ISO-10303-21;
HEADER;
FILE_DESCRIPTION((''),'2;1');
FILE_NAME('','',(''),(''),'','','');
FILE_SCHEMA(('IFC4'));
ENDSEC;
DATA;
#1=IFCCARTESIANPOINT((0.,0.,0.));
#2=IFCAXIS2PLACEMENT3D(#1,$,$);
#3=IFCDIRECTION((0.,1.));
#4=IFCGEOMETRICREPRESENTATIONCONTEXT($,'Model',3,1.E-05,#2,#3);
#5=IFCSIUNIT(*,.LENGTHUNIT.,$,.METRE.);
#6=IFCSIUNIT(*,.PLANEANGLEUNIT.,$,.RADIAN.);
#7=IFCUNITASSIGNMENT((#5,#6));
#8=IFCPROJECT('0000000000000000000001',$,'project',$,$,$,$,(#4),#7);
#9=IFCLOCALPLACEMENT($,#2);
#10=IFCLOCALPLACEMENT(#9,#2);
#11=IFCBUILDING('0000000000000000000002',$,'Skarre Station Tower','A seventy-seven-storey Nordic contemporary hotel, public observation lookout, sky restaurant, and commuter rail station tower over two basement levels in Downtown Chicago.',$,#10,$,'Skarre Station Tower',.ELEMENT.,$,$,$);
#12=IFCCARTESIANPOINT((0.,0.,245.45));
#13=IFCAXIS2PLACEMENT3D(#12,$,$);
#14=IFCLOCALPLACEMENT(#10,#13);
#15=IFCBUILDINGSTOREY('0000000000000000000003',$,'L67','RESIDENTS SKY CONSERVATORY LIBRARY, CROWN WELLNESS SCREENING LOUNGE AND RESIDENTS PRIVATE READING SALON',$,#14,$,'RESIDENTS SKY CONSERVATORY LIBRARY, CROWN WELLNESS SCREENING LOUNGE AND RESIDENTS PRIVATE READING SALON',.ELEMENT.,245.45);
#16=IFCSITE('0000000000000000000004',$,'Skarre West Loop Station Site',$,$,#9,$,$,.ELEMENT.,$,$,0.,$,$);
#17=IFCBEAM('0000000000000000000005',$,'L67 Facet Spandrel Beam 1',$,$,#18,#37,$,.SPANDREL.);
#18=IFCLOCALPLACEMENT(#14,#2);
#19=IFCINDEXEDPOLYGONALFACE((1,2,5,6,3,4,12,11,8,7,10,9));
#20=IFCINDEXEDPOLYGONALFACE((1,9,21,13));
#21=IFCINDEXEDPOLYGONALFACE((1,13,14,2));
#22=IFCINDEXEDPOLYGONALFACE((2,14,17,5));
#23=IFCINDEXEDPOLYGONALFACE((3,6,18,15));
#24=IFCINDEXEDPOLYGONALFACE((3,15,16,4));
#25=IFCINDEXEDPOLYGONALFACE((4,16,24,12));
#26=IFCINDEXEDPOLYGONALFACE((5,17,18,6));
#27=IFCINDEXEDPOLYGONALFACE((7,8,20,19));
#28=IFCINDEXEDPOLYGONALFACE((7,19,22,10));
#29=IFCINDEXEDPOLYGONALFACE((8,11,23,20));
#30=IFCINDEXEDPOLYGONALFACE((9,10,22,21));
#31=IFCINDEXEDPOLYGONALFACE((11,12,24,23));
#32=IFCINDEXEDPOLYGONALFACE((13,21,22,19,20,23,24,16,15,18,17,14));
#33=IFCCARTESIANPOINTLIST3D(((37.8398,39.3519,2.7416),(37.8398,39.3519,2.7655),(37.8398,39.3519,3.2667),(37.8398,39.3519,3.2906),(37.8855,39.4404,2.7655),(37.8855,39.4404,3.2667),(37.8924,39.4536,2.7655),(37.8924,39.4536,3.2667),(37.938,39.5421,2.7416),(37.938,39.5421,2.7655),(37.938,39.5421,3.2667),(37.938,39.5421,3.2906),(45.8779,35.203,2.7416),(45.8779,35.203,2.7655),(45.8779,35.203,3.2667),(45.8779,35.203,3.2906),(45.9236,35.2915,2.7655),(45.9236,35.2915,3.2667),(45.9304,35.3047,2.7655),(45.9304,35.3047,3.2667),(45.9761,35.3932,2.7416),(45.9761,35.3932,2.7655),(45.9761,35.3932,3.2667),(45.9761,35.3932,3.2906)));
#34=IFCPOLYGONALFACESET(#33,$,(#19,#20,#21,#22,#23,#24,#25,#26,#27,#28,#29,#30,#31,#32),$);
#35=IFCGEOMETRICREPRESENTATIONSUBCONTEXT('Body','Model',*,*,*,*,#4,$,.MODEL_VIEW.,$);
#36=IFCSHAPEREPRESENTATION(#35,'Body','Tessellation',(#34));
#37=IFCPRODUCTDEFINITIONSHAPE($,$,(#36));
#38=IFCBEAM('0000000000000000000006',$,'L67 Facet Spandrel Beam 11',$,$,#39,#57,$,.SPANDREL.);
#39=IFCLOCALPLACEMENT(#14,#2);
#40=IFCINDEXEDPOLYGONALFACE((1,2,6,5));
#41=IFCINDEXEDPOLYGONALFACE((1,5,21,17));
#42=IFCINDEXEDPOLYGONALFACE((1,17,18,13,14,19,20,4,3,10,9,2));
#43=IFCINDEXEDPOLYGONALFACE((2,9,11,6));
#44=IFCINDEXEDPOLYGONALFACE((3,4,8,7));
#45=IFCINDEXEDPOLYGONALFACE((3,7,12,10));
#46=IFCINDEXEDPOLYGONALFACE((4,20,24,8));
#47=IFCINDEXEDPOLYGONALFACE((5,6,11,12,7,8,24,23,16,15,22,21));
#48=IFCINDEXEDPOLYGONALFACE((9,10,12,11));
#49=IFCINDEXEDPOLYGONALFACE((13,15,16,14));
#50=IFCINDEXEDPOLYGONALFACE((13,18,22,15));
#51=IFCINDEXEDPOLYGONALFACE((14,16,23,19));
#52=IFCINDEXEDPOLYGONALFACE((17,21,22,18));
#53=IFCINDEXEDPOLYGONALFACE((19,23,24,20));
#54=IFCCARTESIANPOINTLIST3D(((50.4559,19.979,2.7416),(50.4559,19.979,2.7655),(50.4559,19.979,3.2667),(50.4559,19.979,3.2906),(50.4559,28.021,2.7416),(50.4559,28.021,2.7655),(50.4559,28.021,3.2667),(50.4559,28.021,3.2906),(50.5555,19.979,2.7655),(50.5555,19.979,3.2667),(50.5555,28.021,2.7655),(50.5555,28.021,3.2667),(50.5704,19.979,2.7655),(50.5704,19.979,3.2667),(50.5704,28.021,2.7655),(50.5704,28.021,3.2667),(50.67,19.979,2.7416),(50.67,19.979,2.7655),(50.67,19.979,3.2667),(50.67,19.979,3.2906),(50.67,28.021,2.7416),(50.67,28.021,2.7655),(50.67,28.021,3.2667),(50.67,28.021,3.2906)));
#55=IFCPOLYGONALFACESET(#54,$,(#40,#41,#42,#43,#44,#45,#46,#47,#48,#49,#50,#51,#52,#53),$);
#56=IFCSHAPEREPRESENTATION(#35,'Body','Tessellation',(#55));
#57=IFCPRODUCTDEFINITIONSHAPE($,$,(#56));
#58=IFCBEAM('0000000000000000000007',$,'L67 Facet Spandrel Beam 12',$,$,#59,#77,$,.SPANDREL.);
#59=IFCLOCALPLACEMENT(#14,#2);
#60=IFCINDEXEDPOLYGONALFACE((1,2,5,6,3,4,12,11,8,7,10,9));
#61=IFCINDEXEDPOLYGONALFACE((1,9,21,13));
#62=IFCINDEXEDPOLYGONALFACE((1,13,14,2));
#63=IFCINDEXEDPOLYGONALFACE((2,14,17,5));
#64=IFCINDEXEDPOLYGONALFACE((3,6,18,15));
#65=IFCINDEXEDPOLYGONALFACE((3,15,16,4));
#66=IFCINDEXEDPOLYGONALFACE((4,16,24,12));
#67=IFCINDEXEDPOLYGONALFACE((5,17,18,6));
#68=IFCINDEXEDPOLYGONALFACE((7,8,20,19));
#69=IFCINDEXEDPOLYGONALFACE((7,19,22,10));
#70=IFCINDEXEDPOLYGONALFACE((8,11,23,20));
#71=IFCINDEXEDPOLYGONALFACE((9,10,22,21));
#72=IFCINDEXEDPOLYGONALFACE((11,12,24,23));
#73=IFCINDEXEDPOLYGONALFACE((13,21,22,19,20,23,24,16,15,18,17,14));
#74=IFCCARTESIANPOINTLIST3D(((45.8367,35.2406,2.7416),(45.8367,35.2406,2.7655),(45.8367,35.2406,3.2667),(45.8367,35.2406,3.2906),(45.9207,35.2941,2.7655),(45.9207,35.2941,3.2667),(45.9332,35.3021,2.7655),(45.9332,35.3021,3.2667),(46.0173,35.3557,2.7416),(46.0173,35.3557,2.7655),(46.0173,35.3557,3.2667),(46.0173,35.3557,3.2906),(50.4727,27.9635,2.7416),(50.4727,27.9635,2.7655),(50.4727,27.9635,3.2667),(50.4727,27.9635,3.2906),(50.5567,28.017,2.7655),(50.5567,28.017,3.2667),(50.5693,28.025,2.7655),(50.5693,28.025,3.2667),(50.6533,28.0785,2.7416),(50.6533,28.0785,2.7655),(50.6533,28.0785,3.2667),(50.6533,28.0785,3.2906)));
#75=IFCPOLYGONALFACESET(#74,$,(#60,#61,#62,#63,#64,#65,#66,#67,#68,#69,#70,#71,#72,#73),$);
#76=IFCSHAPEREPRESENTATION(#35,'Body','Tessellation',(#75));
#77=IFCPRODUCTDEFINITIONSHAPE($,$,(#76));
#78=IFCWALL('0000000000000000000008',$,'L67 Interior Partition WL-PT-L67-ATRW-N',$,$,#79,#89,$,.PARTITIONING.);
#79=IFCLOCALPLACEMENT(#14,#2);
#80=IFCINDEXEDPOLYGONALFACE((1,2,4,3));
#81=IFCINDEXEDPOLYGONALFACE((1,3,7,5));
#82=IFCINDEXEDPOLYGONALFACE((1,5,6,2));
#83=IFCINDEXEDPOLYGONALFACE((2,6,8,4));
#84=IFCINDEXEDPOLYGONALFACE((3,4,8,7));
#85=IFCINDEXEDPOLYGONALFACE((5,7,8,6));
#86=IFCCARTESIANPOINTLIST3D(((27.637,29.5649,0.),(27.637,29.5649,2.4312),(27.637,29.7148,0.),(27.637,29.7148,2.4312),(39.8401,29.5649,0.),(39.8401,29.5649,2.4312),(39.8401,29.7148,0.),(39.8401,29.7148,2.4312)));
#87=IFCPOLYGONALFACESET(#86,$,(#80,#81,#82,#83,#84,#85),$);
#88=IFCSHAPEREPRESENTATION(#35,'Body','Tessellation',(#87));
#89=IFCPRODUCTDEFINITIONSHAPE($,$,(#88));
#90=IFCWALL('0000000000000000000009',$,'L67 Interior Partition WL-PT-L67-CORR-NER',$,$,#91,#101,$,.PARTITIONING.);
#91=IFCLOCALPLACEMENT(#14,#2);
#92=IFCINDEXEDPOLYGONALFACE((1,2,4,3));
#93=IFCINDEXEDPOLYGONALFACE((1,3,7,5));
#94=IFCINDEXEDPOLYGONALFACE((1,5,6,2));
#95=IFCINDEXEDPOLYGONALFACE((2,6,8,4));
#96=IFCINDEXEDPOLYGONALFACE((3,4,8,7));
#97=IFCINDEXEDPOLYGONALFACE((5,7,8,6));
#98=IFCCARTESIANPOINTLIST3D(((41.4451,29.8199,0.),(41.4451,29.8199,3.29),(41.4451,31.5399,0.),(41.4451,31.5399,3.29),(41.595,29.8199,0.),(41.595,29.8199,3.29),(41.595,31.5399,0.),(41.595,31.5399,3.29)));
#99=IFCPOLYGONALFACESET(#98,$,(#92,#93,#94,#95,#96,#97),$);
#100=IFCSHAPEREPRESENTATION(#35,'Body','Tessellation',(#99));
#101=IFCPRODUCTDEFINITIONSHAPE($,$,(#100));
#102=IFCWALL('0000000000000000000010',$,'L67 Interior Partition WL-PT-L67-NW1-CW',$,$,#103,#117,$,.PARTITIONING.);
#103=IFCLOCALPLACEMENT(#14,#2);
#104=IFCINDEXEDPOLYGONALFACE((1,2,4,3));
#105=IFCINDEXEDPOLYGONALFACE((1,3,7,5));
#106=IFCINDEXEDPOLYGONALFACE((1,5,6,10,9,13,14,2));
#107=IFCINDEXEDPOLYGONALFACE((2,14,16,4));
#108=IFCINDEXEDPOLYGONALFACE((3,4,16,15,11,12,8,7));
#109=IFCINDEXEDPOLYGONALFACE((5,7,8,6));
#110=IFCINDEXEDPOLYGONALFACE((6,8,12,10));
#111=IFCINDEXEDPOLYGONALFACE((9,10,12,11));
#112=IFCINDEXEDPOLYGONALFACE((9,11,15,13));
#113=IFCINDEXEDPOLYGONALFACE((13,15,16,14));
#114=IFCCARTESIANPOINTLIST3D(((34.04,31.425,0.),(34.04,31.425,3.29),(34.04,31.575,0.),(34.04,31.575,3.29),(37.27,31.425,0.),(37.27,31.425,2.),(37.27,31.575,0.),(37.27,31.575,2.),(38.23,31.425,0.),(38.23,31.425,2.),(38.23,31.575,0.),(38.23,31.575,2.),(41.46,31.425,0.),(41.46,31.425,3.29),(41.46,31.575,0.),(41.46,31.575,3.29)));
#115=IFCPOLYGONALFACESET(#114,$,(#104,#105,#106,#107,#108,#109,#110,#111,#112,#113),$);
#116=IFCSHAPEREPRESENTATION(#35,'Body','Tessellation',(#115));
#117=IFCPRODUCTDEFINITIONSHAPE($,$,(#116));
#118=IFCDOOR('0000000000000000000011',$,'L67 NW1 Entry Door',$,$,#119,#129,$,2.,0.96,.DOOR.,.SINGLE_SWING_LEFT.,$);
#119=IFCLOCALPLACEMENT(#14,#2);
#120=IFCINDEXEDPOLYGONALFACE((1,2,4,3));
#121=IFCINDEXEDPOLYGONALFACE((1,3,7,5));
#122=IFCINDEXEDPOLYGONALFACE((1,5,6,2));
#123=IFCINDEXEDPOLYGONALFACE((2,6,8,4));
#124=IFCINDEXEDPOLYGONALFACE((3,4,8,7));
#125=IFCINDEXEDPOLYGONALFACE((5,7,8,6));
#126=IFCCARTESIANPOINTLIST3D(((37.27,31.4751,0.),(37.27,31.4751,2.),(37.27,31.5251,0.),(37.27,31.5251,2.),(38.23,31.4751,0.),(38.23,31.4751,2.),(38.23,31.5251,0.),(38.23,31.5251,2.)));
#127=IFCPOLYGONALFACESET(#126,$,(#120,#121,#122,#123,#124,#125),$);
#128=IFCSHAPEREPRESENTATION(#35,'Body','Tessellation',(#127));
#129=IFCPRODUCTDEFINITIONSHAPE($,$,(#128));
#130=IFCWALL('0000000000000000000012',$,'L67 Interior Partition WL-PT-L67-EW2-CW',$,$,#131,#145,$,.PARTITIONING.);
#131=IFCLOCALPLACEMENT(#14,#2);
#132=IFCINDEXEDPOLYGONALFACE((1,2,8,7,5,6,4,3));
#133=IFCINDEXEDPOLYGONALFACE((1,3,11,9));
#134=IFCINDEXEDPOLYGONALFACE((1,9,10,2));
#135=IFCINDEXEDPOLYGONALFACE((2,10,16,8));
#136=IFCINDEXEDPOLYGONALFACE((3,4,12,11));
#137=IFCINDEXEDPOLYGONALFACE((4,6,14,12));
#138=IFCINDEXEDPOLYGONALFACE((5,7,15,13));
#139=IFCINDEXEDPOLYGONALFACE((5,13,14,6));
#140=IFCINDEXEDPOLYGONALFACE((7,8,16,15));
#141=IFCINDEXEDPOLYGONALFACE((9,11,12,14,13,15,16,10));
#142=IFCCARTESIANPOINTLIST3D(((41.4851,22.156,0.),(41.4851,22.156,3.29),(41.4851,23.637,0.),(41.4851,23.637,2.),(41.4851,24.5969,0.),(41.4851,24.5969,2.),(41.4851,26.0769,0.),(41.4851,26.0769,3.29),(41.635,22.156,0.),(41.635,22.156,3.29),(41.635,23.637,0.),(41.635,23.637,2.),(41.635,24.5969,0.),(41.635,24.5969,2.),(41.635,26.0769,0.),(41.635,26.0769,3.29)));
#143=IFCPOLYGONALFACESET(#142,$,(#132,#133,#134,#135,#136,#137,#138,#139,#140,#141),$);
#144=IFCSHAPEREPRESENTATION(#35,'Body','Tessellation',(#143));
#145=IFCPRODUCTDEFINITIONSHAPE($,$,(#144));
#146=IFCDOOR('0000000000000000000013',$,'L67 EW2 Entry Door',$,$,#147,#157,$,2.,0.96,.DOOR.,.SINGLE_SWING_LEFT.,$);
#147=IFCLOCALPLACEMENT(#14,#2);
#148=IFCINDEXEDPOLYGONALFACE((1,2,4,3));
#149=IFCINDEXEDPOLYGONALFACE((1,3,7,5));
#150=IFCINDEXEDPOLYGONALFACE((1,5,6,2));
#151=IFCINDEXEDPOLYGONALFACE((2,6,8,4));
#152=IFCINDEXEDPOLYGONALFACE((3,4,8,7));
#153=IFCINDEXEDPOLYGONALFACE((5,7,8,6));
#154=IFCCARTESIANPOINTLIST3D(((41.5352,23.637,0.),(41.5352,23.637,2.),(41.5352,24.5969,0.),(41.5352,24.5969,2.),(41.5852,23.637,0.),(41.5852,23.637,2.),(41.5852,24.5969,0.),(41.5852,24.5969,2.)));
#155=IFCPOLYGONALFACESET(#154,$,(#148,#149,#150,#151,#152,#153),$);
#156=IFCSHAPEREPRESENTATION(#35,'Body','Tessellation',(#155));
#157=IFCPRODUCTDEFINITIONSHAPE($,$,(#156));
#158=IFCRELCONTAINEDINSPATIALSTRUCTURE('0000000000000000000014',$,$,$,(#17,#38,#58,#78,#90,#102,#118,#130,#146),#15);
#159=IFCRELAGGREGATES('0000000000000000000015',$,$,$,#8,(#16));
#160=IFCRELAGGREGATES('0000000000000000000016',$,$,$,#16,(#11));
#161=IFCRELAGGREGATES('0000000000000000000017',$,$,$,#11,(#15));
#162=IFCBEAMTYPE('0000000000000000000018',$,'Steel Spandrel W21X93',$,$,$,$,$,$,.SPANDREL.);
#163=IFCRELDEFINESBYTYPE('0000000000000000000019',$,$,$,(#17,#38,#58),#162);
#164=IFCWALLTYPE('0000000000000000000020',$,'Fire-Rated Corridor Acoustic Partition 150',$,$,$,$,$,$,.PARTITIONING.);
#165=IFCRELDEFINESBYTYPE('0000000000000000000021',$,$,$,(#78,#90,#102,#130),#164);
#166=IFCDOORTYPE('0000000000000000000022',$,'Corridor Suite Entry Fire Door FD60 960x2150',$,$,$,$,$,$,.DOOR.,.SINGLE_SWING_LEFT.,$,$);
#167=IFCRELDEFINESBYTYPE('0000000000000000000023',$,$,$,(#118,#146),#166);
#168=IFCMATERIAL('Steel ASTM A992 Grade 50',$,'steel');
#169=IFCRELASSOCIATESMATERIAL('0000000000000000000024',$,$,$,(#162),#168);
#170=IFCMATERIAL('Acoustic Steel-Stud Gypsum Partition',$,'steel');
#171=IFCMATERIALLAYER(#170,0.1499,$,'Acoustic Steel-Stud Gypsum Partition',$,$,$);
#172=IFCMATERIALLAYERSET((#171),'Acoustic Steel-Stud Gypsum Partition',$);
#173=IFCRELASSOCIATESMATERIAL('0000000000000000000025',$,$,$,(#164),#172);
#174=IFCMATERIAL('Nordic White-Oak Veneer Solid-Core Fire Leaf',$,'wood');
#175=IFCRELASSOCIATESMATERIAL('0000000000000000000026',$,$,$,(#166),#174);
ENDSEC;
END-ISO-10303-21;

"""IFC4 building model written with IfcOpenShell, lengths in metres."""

from ifc_helpers import new_model, si_unit, direction, frame, frame_2d, origin, origin_2d, place, context, subcontext, project, spatial, rectangle, i_section, extrude, material, layer, layer_set, material_profile, profile_set, type_object, element, fill, save


model = new_model("IFC4")

# Units and contexts
model_context = context("Model", 3, precision=1e-05, world=origin(), true_north=direction((0.0, 1.0)))
body_context = subcontext(model_context, "Body", "Model", "MODEL_VIEW")
ifc_project = project(units=[si_unit("LENGTHUNIT", "METRE"), si_unit("PLANEANGLEUNIT", "RADIAN")], contexts=[model_context])

# Site, building, storey
site_placement = place(None, origin())
site = spatial("IfcSite", under=ifc_project, at=site_placement, Name="Skarre West Loop Station Site", CompositionType="ELEMENT", RefElevation=0.0)
building_placement = place(site_placement, origin())
building = spatial("IfcBuilding", under=site, at=building_placement, Name="Skarre Station Tower", Description="A seventy-seven-storey Nordic contemporary hotel, public observation lookout, sky restaurant, and commuter rail station tower over two basement levels in Downtown Chicago.", LongName="Skarre Station Tower", CompositionType="ELEMENT")
storey_placement = place(building_placement, frame((0.0, 0.0, 245.45)))
storey = spatial("IfcBuildingStorey", under=building, at=storey_placement, Name="L67", Description="RESIDENTS SKY CONSERVATORY LIBRARY, CROWN WELLNESS SCREENING LOUNGE AND RESIDENTS PRIVATE READING SALON", LongName="RESIDENTS SKY CONSERVATORY LIBRARY, CROWN WELLNESS SCREENING LOUNGE AND RESIDENTS PRIVATE READING SALON", CompositionType="ELEMENT", Elevation=245.45)

# Beams
ifc_material_1 = material(Name="Steel ASTM A992 Grade 50", Category="steel")
ifc_material_profile_1 = material_profile(ifc_material_1, i_section(OverallWidth=0.2141, OverallDepth=0.5491, WebThickness=0.0149, FlangeThickness=0.0239, at=origin_2d()), Name="Steel ASTM A992 Grade 50")
ifc_profile_set_1 = profile_set([ifc_material_profile_1], Name="Steel ASTM A992 Grade 50")
beam_type_1 = type_object("IfcBeamType", Name="Steel Spandrel W21X93", PredefinedType="SPANDREL", material=ifc_profile_set_1)
beam_1_placement = place(storey_placement, frame((45.927, 35.2981, 3.0161), z_axis=(-0.88861, 0.458664, 0.0), x_axis=(-0.458664, -0.88861, 0.0)))
element("IfcBeam", 1, at=beam_1_placement, inside=storey, type_object=beam_type_1, Name="L67 Facet Spandrel Beam 1", PredefinedType="SPANDREL", context=body_context, shape_type="SweptSolid", body=[
    extrude(i_section(OverallWidth=0.2141, OverallDepth=0.5491, WebThickness=0.0149, FlangeThickness=0.0239, at=origin_2d()), origin(), (0.0, 0.0, 1.0), 9.0457),
])
beam_2_placement = place(storey_placement, frame((50.563, 19.979, 3.0161), z_axis=(0.0, 1.0, 0.0), x_axis=(-1.0, 0.0, 0.0)))
element("IfcBeam", 2, at=beam_2_placement, inside=storey, type_object=beam_type_1, Name="L67 Facet Spandrel Beam 11", PredefinedType="SPANDREL", context=body_context, shape_type="SweptSolid", body=[
    extrude(i_section(OverallWidth=0.2141, OverallDepth=0.5491, WebThickness=0.0149, FlangeThickness=0.0239, at=origin_2d()), origin(), (0.0, 0.0, 1.0), 8.042),
])
beam_3_placement = place(storey_placement, frame((50.563, 28.021, 3.0161), z_axis=(-0.537297, 0.843393, 0.0), x_axis=(-0.843393, -0.537297, 0.0)))
element("IfcBeam", 3, at=beam_3_placement, inside=storey, type_object=beam_type_1, Name="L67 Facet Spandrel Beam 12", PredefinedType="SPANDREL", context=body_context, shape_type="SweptSolid", body=[
    extrude(i_section(OverallWidth=0.2141, OverallDepth=0.5491, WebThickness=0.0149, FlangeThickness=0.0239, at=origin_2d()), origin(), (0.0, 0.0, 1.0), 8.6284),
])

# Walls
ifc_material_2 = material(Name="Acoustic Steel-Stud Gypsum Partition", Category="steel")
ifc_layer_1 = layer(ifc_material_2, 0.1499, Name="Acoustic Steel-Stud Gypsum Partition")
ifc_layer_set_1 = layer_set([ifc_layer_1], Name="Acoustic Steel-Stud Gypsum Partition")
wall_type_1 = type_object("IfcWallType", Name="Fire-Rated Corridor Acoustic Partition 150", PredefinedType="PARTITIONING", material=ifc_layer_set_1)
wall_1_placement = place(storey_placement, frame((39.8401, 29.6399, 0.0), z_axis=(0.0, 0.0, 1.0), x_axis=(-1.0, 0.0, 0.0)))
element("IfcWall", 4, at=wall_1_placement, inside=storey, type_object=wall_type_1, Name="L67 Interior Partition WL-PT-L67-ATRW-N", PredefinedType="PARTITIONING", context=body_context, shape_type="SweptSolid", body=[
    extrude(rectangle(XDim=12.2031, YDim=0.1499, at=frame_2d((6.1016, 0.0))), origin(), (0.0, 0.0, 1.0), 2.4312),
])
wall_2_placement = place(storey_placement, frame((41.52, 29.8201, 0.0), z_axis=(0.0, 0.0, 1.0), x_axis=(0.0, 1.0, 0.0)))
element("IfcWall", 5, at=wall_2_placement, inside=storey, type_object=wall_type_1, Name="L67 Interior Partition WL-PT-L67-CORR-NER", PredefinedType="PARTITIONING", context=body_context, shape_type="SweptSolid", body=[
    extrude(rectangle(XDim=1.72, YDim=0.1499, at=frame_2d((0.8599, 0.0))), origin(), (0.0, 0.0, 1.0), 3.29),
])

# Walls, openings, doors
wall_3_placement = place(storey_placement, frame((41.46, 31.5, 0.0), z_axis=(0.0, 0.0, 1.0), x_axis=(-1.0, 0.0, 0.0)))
wall_3 = element("IfcWall", 6, at=wall_3_placement, inside=storey, type_object=wall_type_1, Name="L67 Interior Partition WL-PT-L67-NW1-CW", PredefinedType="PARTITIONING", context=body_context, shape_type="SweptSolid", body=[
    extrude(rectangle(XDim=7.4199, YDim=0.1499, at=frame_2d((3.71, 0.0))), origin(), (0.0, 0.0, 1.0), 3.29),
])
opening_1_placement = place(wall_3_placement, frame((3.23, 0.0, 0.0)))
opening_1 = element("IfcOpeningElement", 7, at=opening_1_placement, cuts=wall_3, PredefinedType="OPENING", context=body_context, shape_type="SweptSolid", body=[
    extrude(rectangle(XDim=0.96, YDim=2.0, at=frame_2d((0.48, 1.0))), frame((0.0, 0.085, 0.0), z_axis=(0.0, -1.0, 0.0), x_axis=(1.0, 0.0, 0.0)), (0.0, 0.0, 1.0), 0.1699),
])
ifc_material_3 = material(Name="Nordic White-Oak Veneer Solid-Core Fire Leaf", Category="wood")
door_type = type_object("IfcDoorType", Name="Corridor Suite Entry Fire Door FD60 960x2150", OperationType="SINGLE_SWING_LEFT", PredefinedType="DOOR", material=ifc_material_3)
door_1_placement = place(opening_1_placement, origin())
door_1 = element("IfcDoor", 8, at=door_1_placement, inside=storey, type_object=door_type, Name="L67 NW1 Entry Door", OperationType="SINGLE_SWING_LEFT", OverallHeight=2.0, OverallWidth=0.96, PredefinedType="DOOR", context=body_context, shape_type="SweptSolid", body=[
    extrude(rectangle(XDim=0.96, YDim=2.0, at=frame_2d((0.48, 1.0))), frame((0.0, 0.0249, 0.0), z_axis=(0.0, -1.0, 0.0), x_axis=(1.0, 0.0, 0.0)), (0.0, 0.0, 1.0), 0.05),
])
fill(opening_1, door_1)
wall_4_placement = place(storey_placement, frame((41.5601, 22.156, 0.0), z_axis=(0.0, 0.0, 1.0), x_axis=(0.0, 1.0, 0.0)))
wall_4 = element("IfcWall", 9, at=wall_4_placement, inside=storey, type_object=wall_type_1, Name="L67 Interior Partition WL-PT-L67-EW2-CW", PredefinedType="PARTITIONING", context=body_context, shape_type="SweptSolid", body=[
    extrude(rectangle(XDim=3.9209, YDim=0.1499, at=frame_2d((1.9604, 0.0))), origin(), (0.0, 0.0, 1.0), 3.29),
])
opening_2_placement = place(wall_4_placement, frame((1.481, 0.0, 0.0)))
opening_2 = element("IfcOpeningElement", 10, at=opening_2_placement, cuts=wall_4, PredefinedType="OPENING", context=body_context, shape_type="SweptSolid", body=[
    extrude(rectangle(XDim=0.96, YDim=2.0, at=frame_2d((0.48, 1.0))), frame((0.0, 0.085, 0.0), z_axis=(0.0, -1.0, 0.0), x_axis=(1.0, 0.0, 0.0)), (0.0, 0.0, 1.0), 0.1699),
])
door_2_placement = place(opening_2_placement, origin())
door_2 = element("IfcDoor", 11, at=door_2_placement, inside=storey, type_object=door_type, Name="L67 EW2 Entry Door", OperationType="SINGLE_SWING_LEFT", OverallHeight=2.0, OverallWidth=0.96, PredefinedType="DOOR", context=body_context, shape_type="SweptSolid", body=[
    extrude(rectangle(XDim=0.96, YDim=2.0, at=frame_2d((0.48, 1.0))), frame((0.0, 0.0249, 0.0), z_axis=(0.0, -1.0, 0.0), x_axis=(1.0, 0.0, 0.0)), (0.0, 0.0, 1.0), 0.05),
])
fill(opening_2, door_2)

save(model, "model.ifc")
